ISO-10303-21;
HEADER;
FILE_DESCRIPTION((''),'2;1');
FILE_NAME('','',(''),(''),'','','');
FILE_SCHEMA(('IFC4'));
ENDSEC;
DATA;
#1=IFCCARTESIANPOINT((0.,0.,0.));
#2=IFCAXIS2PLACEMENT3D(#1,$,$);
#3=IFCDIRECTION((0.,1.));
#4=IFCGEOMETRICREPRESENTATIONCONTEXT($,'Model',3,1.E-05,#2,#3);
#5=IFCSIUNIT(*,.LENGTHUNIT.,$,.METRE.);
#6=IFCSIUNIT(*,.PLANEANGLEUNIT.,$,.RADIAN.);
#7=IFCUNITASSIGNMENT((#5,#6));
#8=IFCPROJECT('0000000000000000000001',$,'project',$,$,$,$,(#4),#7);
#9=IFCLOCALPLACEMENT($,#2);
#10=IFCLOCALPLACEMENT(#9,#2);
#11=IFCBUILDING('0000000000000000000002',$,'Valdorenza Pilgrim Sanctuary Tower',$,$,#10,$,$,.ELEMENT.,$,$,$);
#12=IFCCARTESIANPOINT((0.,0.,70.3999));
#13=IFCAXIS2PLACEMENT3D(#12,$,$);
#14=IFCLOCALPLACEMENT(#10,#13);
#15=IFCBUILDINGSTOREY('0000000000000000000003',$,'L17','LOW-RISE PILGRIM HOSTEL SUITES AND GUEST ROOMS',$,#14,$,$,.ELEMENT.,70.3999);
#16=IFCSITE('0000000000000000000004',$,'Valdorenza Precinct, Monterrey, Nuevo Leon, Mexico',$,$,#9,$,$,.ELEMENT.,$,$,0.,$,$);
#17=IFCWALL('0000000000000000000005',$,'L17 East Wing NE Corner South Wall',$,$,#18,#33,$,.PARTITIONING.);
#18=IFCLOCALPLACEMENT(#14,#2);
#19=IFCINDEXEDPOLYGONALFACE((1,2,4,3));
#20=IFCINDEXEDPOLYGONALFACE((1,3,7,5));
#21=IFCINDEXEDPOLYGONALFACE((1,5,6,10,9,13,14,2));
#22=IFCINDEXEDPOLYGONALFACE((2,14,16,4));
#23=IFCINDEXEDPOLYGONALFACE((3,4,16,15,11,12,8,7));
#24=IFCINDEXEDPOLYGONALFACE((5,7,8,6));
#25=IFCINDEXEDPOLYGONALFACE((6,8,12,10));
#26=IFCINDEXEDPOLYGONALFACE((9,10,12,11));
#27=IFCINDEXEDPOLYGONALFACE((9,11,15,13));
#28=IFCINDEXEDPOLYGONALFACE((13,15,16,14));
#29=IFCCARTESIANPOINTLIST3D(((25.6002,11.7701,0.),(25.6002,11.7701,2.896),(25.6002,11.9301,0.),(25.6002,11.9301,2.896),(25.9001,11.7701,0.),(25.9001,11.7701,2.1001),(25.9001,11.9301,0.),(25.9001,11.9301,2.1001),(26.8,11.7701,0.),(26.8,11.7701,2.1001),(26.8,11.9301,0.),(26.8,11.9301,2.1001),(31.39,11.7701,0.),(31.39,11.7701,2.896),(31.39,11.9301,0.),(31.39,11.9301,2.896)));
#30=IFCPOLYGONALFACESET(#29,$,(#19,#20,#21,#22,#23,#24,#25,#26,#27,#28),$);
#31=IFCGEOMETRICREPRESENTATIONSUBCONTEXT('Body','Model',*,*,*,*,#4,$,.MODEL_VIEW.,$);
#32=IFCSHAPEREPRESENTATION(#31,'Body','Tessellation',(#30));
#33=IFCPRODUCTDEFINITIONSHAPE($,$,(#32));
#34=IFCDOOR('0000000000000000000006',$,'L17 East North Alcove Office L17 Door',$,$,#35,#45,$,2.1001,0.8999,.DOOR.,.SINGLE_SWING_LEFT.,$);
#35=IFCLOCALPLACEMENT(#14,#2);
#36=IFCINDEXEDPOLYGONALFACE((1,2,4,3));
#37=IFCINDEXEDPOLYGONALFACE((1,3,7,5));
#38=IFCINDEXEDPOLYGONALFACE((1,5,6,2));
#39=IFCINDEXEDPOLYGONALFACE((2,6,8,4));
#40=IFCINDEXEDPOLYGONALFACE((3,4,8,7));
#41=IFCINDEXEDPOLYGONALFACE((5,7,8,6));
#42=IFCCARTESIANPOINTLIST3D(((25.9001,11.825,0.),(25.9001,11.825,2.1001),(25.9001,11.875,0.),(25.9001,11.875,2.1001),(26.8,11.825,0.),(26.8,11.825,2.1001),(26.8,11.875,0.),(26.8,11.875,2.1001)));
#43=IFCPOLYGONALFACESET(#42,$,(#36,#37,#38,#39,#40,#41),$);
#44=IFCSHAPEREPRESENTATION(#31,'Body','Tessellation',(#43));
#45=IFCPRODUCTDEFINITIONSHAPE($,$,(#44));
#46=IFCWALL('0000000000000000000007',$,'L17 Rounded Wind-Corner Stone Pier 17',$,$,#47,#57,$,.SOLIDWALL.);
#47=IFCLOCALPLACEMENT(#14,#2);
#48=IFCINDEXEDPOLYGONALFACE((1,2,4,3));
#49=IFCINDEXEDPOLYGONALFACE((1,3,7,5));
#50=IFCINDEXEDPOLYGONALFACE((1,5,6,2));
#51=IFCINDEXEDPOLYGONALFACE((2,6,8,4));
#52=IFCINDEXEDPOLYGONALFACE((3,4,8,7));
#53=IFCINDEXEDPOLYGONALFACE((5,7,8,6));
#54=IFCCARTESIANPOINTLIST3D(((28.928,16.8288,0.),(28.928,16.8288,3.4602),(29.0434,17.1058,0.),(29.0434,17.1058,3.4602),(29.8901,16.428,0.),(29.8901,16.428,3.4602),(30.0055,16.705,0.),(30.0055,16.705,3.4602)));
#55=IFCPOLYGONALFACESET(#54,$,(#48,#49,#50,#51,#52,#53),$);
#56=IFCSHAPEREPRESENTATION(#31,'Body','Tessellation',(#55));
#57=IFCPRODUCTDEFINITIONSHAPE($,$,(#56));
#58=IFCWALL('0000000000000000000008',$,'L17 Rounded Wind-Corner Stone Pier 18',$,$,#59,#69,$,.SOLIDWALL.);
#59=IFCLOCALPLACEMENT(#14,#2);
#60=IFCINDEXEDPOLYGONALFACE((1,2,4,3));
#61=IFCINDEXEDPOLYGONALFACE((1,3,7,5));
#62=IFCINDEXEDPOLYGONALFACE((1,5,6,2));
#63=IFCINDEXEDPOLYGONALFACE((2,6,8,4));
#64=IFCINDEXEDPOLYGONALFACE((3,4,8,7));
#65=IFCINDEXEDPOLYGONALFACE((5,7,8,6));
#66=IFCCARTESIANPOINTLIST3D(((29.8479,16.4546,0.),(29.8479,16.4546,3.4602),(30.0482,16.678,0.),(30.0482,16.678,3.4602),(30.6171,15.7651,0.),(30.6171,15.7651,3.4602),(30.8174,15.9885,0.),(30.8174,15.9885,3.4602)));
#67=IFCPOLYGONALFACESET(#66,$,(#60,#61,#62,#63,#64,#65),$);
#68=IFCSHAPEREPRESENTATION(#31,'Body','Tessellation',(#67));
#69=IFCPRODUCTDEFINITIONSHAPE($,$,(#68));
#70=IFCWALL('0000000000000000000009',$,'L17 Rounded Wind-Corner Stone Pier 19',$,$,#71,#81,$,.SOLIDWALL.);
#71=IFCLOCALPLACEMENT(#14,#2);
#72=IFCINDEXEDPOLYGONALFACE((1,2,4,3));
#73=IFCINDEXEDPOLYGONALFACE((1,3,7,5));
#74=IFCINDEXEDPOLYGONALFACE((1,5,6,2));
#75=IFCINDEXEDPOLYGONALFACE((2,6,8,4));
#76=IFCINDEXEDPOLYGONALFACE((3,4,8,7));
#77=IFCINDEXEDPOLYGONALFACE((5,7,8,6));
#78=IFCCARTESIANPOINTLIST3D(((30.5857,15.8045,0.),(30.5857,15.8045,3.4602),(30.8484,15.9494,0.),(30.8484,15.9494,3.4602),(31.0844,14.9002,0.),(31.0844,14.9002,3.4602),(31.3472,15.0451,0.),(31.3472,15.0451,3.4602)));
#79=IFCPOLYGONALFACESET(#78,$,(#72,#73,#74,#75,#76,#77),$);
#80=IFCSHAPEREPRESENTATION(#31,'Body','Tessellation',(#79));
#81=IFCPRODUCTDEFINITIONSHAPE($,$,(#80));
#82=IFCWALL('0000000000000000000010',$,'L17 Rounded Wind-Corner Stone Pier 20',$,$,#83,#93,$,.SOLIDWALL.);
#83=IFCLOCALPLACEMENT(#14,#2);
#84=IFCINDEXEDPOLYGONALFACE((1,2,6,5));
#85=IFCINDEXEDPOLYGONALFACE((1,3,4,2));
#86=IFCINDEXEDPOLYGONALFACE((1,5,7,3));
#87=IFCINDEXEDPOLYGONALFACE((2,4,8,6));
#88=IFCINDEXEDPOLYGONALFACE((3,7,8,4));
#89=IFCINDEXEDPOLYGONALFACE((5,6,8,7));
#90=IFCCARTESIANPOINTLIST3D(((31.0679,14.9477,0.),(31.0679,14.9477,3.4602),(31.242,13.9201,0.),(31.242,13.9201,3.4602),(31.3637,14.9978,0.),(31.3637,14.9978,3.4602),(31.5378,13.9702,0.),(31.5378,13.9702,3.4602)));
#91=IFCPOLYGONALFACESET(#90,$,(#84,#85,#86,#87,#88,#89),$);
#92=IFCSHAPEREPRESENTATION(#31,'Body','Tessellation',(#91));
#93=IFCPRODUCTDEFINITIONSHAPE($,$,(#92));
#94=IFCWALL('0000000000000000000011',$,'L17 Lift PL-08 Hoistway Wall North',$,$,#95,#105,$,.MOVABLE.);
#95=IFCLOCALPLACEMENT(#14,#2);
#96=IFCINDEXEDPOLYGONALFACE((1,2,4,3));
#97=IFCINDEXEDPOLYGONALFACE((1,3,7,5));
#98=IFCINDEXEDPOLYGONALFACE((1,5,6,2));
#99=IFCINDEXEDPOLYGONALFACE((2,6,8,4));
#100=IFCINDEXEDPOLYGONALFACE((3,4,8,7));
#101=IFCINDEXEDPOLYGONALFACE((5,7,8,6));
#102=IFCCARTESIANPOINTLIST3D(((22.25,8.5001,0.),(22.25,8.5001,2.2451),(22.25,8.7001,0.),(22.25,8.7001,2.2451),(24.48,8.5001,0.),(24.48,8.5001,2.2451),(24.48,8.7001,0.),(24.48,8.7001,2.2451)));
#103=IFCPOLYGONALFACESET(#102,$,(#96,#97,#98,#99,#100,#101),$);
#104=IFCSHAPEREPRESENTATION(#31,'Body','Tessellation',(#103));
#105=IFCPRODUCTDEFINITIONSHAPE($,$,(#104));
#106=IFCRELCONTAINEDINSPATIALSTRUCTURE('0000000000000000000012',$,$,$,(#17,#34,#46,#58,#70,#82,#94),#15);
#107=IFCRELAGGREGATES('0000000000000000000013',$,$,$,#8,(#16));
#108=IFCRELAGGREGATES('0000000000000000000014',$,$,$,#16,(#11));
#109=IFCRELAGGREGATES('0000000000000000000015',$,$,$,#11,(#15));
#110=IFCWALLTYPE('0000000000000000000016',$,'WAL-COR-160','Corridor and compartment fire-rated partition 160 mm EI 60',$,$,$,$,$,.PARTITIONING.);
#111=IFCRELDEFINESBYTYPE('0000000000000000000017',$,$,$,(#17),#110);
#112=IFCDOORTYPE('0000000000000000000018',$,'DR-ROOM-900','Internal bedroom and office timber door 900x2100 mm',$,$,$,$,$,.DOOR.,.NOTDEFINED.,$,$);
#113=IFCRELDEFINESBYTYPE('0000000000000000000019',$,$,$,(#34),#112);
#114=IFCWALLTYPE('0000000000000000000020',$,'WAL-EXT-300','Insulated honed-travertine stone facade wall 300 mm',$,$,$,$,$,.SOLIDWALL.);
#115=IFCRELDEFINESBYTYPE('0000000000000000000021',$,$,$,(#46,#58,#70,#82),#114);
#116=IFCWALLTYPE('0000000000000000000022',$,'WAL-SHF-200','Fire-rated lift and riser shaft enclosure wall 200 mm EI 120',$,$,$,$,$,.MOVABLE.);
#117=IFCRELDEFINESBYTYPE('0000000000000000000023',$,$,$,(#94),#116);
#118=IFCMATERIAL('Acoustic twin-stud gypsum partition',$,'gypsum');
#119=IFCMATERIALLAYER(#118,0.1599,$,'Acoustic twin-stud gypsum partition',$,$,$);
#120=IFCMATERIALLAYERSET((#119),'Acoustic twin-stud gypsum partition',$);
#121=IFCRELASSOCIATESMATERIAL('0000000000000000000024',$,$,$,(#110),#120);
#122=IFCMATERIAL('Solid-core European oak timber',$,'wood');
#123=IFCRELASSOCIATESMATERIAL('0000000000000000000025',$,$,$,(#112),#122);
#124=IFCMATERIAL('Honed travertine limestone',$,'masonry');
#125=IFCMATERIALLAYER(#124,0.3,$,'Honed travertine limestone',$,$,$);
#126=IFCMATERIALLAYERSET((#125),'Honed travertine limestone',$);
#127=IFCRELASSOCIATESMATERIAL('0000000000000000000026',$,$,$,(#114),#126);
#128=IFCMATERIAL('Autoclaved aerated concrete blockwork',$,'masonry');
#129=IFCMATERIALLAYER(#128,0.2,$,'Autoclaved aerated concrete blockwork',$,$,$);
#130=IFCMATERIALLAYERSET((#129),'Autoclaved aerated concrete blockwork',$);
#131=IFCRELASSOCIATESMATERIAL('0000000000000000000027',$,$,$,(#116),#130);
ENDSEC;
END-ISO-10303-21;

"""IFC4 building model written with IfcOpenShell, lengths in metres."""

from ifc_helpers import new_model, si_unit, direction, frame, frame_2d, origin, place, context, subcontext, project, spatial, rectangle, extrude, material, layer, layer_set, type_object, element, fill, save


model = new_model("IFC4")

# Units and contexts
model_context = context("Model", 3, precision=1e-05, world=origin(), true_north=direction((0.0, 1.0)))
body_context = subcontext(model_context, "Body", "Model", "MODEL_VIEW")
ifc_project = project(units=[si_unit("LENGTHUNIT", "METRE"), si_unit("PLANEANGLEUNIT", "RADIAN")], contexts=[model_context])

# Site, building, storey
site_placement = place(None, origin())
site = spatial("IfcSite", under=ifc_project, at=site_placement, Name="Valdorenza Precinct, Monterrey, Nuevo Leon, Mexico", CompositionType="ELEMENT", RefElevation=0.0)
building_placement = place(site_placement, origin())
building = spatial("IfcBuilding", under=site, at=building_placement, Name="Valdorenza Pilgrim Sanctuary Tower", CompositionType="ELEMENT")
storey_placement = place(building_placement, frame((0.0, 0.0, 70.3999)))
storey = spatial("IfcBuildingStorey", under=building, at=storey_placement, Name="L17", Description="LOW-RISE PILGRIM HOSTEL SUITES AND GUEST ROOMS", CompositionType="ELEMENT", Elevation=70.3999)

# Shared definitions
ifc_material_1 = material(Name="Honed travertine limestone", Category="masonry")

# Shared definitions
ifc_material_2 = material(Name="Acoustic twin-stud gypsum partition", Category="gypsum")
ifc_layer_1 = layer(ifc_material_2, 0.1599, Name="Acoustic twin-stud gypsum partition")
ifc_layer_set_1 = layer_set([ifc_layer_1], Name="Acoustic twin-stud gypsum partition")
wall_type_1 = type_object("IfcWallType", Name="WAL-COR-160", Description="Corridor and compartment fire-rated partition 160 mm EI 60", PredefinedType="PARTITIONING", material=ifc_layer_set_1)

# Wall, opening, door
wall_1_placement = place(storey_placement, frame((25.6001, 11.8501, 0.0), z_axis=(0.0, 0.0, 1.0), x_axis=(1.0, 0.0, 0.0)))
wall_1 = element("IfcWall", 1, at=wall_1_placement, inside=storey, type_object=wall_type_1, Name="L17 East Wing NE Corner South Wall", PredefinedType="PARTITIONING", context=body_context, shape_type="SweptSolid", body=[
    extrude(rectangle(XDim=5.7898, YDim=0.1599, at=frame_2d((2.895, 0.0))), origin(), (0.0, 0.0, 1.0), 2.896),
])
opening_placement = place(wall_1_placement, frame((0.3, 0.0, 0.0)))
opening = element("IfcOpeningElement", 2, at=opening_placement, cuts=wall_1, PredefinedType="OPENING", context=body_context, shape_type="SweptSolid", body=[
    extrude(rectangle(XDim=0.8999, YDim=2.1001, at=frame_2d((0.45, 1.05))), frame((0.0, 0.0947, 0.0), z_axis=(0.0, -1.0, 0.0), x_axis=(1.0, 0.0, 0.0)), (0.0, 0.0, 1.0), 0.1897),
])
ifc_material_3 = material(Name="Solid-core European oak timber", Category="wood")
door_type = type_object("IfcDoorType", Name="DR-ROOM-900", Description="Internal bedroom and office timber door 900x2100 mm", OperationType="NOTDEFINED", PredefinedType="DOOR", material=ifc_material_3)
door_placement = place(opening_placement, origin())
door = element("IfcDoor", 3, at=door_placement, inside=storey, type_object=door_type, Name="L17 East North Alcove Office L17 Door", OperationType="SINGLE_SWING_LEFT", OverallHeight=2.1001, OverallWidth=0.8999, PredefinedType="DOOR", context=body_context, shape_type="SweptSolid", body=[
    extrude(rectangle(XDim=0.8999, YDim=2.1001, at=frame_2d((0.45, 1.05))), frame((0.0, 0.0249, 0.0), z_axis=(0.0, -1.0, 0.0), x_axis=(1.0, 0.0, 0.0)), (0.0, 0.0, 1.0), 0.05),
])
fill(opening, door)

# Walls
ifc_layer_2 = layer(ifc_material_1, 0.3, Name="Honed travertine limestone")
ifc_layer_set_2 = layer_set([ifc_layer_2], Name="Honed travertine limestone")
wall_type_2 = type_object("IfcWallType", Name="WAL-EXT-300", Description="Insulated honed-travertine stone facade wall 300 mm", PredefinedType="SOLIDWALL", material=ifc_layer_set_2)
wall_2_placement = place(storey_placement, frame((28.9858, 16.9673, 0.0), z_axis=(0.0, 0.0, 1.0), x_axis=(0.923084, -0.384599, 0.0)))
element("IfcWall", 4, at=wall_2_placement, inside=storey, type_object=wall_type_2, Name="L17 Rounded Wind-Corner Stone Pier 17", PredefinedType="SOLIDWALL", context=body_context, shape_type="SweptSolid", body=[
    extrude(rectangle(XDim=1.0422, YDim=0.3, at=frame_2d((0.521, 0.0))), origin(), (0.0, 0.0, 1.0), 3.4602),
])
wall_3_placement = place(storey_placement, frame((29.948, 16.5664, 0.0), z_axis=(0.0, 0.0, 1.0), x_axis=(0.744586, -0.667527, 0.0)))
element("IfcWall", 5, at=wall_3_placement, inside=storey, type_object=wall_type_2, Name="L17 Rounded Wind-Corner Stone Pier 18", PredefinedType="SOLIDWALL", context=body_context, shape_type="SweptSolid", body=[
    extrude(rectangle(XDim=1.033, YDim=0.3, at=frame_2d((0.5166, 0.0))), origin(), (0.0, 0.0, 1.0), 3.4602),
])
wall_4_placement = place(storey_placement, frame((30.717, 15.877, 0.0), z_axis=(0.0, 0.0, 1.0), x_axis=(0.482971, -0.875636, 0.0)))
element("IfcWall", 6, at=wall_4_placement, inside=storey, type_object=wall_type_2, Name="L17 Rounded Wind-Corner Stone Pier 19", PredefinedType="SOLIDWALL", context=body_context, shape_type="SweptSolid", body=[
    extrude(rectangle(XDim=1.0327, YDim=0.3, at=frame_2d((0.5164, 0.0))), origin(), (0.0, 0.0, 1.0), 3.4602),
])
wall_5_placement = place(storey_placement, frame((31.2158, 14.9727, 0.0), z_axis=(0.0, 0.0, 1.0), x_axis=(0.167019, -0.985954, 0.0)))
element("IfcWall", 7, at=wall_5_placement, inside=storey, type_object=wall_type_2, Name="L17 Rounded Wind-Corner Stone Pier 20", PredefinedType="SOLIDWALL", context=body_context, shape_type="SweptSolid", body=[
    extrude(rectangle(XDim=1.0422, YDim=0.3, at=frame_2d((0.521, 0.0))), origin(), (0.0, 0.0, 1.0), 3.4602),
])
ifc_material_4 = material(Name="Autoclaved aerated concrete blockwork", Category="masonry")
ifc_layer_3 = layer(ifc_material_4, 0.2, Name="Autoclaved aerated concrete blockwork")
ifc_layer_set_3 = layer_set([ifc_layer_3], Name="Autoclaved aerated concrete blockwork")
wall_type_3 = type_object("IfcWallType", Name="WAL-SHF-200", Description="Fire-rated lift and riser shaft enclosure wall 200 mm EI 120", PredefinedType="MOVABLE", material=ifc_layer_set_3)
wall_6_placement = place(storey_placement, frame((22.25, 8.6001, 0.0), z_axis=(0.0, 0.0, 1.0), x_axis=(1.0, 0.0, 0.0)))
element("IfcWall", 8, at=wall_6_placement, inside=storey, type_object=wall_type_3, Name="L17 Lift PL-08 Hoistway Wall North", PredefinedType="MOVABLE", context=body_context, shape_type="SweptSolid", body=[
    extrude(rectangle(XDim=2.23, YDim=0.2, at=frame_2d((1.115, 0.0))), origin(), (0.0, 0.0, 1.0), 2.2451),
])

save(model, "model.ifc")
